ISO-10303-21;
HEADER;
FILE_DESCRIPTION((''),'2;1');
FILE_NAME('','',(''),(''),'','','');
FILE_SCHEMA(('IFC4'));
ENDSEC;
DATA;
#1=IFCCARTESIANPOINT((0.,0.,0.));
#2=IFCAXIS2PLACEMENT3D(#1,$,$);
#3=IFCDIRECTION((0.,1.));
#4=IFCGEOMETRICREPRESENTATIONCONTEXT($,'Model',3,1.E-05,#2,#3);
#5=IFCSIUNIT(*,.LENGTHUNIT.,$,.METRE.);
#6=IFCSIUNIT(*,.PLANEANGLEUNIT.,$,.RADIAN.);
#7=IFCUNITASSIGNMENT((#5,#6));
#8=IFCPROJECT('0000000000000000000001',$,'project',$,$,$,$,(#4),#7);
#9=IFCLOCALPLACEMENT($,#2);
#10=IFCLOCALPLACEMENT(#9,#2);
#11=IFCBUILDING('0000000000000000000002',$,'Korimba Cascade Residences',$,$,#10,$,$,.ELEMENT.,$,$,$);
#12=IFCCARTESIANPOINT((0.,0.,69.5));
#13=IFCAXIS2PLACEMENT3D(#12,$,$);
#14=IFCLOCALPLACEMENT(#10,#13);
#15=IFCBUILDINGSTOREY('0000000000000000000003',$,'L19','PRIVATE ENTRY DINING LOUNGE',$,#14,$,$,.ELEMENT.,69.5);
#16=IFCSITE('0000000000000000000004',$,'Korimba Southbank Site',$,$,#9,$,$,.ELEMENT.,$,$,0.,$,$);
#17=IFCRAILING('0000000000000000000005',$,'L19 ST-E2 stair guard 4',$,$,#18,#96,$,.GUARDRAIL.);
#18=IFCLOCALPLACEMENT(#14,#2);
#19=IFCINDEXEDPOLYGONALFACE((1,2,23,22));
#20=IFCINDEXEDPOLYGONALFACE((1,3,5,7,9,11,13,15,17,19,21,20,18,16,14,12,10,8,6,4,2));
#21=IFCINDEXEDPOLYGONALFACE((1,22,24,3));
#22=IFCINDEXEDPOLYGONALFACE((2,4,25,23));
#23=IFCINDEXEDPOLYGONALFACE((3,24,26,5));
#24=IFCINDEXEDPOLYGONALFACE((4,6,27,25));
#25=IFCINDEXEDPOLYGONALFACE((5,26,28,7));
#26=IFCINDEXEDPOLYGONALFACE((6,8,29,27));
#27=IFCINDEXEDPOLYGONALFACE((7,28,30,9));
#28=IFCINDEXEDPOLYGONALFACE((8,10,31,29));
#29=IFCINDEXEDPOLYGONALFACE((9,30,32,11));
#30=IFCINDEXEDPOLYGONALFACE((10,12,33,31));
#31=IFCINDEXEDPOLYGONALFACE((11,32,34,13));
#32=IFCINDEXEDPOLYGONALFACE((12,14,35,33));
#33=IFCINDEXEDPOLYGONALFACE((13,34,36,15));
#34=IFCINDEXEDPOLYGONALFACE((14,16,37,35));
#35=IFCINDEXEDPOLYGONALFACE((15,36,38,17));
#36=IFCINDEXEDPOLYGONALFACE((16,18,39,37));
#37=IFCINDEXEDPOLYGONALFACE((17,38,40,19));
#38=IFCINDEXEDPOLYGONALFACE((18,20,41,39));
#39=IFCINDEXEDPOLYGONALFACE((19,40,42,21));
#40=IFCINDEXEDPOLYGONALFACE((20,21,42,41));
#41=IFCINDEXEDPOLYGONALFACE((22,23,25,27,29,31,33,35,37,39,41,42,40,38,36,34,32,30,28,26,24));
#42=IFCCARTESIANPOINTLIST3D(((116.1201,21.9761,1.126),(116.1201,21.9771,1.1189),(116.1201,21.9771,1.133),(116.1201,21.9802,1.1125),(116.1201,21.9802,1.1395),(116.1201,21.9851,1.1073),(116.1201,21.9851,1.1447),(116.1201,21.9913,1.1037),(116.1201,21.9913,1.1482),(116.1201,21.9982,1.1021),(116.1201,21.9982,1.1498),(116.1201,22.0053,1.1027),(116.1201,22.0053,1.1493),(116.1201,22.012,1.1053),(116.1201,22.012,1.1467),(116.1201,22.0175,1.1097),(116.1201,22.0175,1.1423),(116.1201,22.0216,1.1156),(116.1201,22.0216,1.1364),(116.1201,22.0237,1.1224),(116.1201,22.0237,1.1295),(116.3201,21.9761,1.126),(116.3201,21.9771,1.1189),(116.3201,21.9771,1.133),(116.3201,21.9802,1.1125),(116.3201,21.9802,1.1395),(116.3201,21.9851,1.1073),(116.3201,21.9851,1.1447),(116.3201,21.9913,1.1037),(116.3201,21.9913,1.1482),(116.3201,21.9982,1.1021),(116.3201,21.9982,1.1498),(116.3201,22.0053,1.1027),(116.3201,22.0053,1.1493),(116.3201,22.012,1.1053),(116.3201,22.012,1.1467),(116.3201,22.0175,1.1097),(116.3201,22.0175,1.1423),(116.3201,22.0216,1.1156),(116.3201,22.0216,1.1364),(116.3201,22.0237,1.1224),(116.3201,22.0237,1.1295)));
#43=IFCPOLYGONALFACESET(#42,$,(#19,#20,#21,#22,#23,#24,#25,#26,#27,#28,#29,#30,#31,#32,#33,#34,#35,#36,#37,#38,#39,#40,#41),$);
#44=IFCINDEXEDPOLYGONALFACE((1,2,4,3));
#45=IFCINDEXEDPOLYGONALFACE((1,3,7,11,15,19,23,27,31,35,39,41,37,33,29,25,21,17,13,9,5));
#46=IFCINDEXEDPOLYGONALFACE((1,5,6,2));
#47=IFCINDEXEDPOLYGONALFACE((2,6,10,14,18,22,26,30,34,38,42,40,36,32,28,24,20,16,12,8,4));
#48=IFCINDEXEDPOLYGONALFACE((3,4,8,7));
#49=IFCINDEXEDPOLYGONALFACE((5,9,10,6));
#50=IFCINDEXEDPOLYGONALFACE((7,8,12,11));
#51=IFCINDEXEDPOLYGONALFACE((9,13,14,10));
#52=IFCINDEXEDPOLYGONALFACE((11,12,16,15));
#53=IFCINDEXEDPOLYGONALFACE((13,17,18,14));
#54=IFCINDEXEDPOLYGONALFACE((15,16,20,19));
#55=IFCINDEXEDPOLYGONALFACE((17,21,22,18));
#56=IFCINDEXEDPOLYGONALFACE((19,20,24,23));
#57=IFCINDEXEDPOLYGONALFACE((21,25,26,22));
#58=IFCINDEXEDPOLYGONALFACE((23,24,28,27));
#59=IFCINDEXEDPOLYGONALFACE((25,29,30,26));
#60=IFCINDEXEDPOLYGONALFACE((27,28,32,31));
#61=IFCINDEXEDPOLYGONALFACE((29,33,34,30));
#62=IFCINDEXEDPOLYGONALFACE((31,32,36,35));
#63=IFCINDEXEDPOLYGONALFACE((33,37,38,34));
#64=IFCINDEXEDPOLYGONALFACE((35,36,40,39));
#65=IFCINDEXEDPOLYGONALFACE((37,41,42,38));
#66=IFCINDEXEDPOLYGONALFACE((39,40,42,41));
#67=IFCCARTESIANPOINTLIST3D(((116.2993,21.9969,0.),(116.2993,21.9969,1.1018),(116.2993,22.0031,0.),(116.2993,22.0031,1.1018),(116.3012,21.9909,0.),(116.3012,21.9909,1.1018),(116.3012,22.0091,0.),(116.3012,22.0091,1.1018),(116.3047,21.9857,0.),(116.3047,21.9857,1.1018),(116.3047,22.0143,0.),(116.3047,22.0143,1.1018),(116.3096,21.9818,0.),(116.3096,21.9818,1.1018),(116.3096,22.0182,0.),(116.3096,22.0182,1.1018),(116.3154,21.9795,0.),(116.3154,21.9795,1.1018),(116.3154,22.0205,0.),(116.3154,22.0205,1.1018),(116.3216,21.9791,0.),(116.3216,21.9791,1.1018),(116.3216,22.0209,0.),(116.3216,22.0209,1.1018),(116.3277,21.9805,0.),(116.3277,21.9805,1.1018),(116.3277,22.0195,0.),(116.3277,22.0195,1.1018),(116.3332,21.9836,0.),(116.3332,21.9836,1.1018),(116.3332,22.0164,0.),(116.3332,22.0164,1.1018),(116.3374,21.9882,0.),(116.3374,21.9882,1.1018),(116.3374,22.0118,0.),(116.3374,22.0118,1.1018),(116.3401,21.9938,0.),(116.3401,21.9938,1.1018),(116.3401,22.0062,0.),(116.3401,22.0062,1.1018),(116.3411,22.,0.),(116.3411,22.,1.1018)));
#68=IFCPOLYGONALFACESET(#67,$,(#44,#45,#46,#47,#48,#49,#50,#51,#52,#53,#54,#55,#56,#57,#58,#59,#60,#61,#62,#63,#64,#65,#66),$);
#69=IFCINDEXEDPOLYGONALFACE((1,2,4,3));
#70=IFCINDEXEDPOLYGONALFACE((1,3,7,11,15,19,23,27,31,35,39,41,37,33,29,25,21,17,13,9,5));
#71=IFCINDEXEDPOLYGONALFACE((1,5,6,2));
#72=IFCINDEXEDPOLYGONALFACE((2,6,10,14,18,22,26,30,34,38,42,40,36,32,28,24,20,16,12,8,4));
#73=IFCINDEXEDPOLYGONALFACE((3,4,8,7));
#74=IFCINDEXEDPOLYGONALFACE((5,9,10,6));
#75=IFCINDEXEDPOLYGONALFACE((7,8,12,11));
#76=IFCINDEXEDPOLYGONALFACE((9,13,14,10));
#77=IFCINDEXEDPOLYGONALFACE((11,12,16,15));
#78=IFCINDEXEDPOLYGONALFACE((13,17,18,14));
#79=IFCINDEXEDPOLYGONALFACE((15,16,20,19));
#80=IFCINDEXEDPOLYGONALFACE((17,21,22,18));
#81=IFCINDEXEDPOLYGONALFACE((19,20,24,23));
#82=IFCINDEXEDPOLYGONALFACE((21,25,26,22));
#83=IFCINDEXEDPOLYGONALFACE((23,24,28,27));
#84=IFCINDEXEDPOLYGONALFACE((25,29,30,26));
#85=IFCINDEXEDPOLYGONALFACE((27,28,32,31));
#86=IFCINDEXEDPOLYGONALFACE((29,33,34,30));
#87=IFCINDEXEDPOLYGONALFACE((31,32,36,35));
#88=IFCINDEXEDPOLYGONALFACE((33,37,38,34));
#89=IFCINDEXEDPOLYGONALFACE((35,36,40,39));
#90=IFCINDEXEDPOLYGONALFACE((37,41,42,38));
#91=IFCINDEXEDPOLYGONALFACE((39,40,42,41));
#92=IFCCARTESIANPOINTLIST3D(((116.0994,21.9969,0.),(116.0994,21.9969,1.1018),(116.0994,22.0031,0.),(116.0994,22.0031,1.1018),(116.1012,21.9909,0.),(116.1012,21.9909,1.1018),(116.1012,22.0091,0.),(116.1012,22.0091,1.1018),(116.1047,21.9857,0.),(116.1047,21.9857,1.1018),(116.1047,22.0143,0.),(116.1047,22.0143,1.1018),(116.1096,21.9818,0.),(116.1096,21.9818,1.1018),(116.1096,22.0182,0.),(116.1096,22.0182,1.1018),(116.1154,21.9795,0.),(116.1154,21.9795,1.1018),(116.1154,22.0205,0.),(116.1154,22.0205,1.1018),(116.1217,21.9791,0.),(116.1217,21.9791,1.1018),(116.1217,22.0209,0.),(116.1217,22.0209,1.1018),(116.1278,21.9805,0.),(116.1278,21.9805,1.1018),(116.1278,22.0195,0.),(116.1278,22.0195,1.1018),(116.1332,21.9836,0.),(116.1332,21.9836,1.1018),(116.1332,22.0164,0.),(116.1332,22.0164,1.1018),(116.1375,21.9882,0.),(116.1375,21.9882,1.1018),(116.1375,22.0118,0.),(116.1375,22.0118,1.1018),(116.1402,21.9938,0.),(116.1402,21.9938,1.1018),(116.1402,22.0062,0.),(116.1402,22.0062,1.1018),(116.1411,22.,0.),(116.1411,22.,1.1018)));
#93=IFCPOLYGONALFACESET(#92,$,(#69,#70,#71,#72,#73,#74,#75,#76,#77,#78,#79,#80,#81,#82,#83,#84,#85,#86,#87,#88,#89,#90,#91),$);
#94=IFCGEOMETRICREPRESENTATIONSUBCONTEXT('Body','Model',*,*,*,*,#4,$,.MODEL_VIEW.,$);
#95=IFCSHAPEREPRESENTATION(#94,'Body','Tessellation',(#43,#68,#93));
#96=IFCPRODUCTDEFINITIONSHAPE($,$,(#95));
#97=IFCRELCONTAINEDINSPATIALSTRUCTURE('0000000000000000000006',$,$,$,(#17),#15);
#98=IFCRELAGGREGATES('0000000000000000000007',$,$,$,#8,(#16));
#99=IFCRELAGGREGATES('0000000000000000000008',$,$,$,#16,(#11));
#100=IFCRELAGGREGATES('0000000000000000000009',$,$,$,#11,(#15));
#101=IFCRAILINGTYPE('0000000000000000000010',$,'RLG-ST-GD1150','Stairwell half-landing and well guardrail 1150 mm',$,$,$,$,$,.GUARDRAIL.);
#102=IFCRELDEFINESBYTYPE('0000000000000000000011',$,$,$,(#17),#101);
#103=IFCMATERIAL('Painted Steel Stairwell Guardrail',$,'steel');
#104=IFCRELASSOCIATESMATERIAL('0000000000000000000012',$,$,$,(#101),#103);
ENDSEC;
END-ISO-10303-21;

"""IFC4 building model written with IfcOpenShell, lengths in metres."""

from ifc_helpers import new_model, si_unit, direction, frame, origin, origin_2d, place, context, subcontext, project, spatial, circle, extrude, material, type_object, element, save


model = new_model("IFC4")

# Units and contexts
model_context = context("Model", 3, precision=1e-05, world=origin(), true_north=direction((0.0, 1.0)))
body_context = subcontext(model_context, "Body", "Model", "MODEL_VIEW")
ifc_project = project(units=[si_unit("LENGTHUNIT", "METRE"), si_unit("PLANEANGLEUNIT", "RADIAN")], contexts=[model_context])

# Site, building, storey
site_placement = place(None, origin())
site = spatial("IfcSite", under=ifc_project, at=site_placement, Name="Korimba Southbank Site", CompositionType="ELEMENT", RefElevation=0.0)
building_placement = place(site_placement, origin())
building = spatial("IfcBuilding", under=site, at=building_placement, Name="Korimba Cascade Residences", CompositionType="ELEMENT")
storey_placement = place(building_placement, frame((0.0, 0.0, 69.5)))
storey = spatial("IfcBuildingStorey", under=building, at=storey_placement, Name="L19", Description="PRIVATE ENTRY DINING LOUNGE", CompositionType="ELEMENT", Elevation=69.5)

# Railing
ifc_material_1 = material(Name="Painted Steel Stairwell Guardrail", Category="steel")
railing_type_1 = type_object("IfcRailingType", Name="RLG-ST-GD1150", Description="Stairwell half-landing and well guardrail 1150 mm", PredefinedType="GUARDRAIL", material=ifc_material_1)
railing_1_placement = place(storey_placement, frame((116.3201, 22.0, 0.0)))
element("IfcRailing", 1, at=railing_1_placement, inside=storey, type_object=railing_type_1, Name="L19 ST-E2 stair guard 4", PredefinedType="GUARDRAIL", context=body_context, shape_type="SweptSolid", body=[
    extrude(circle(Radius=0.0239, at=origin_2d()), frame((0.0, 0.0, 1.126), z_axis=(-1.0, 0.0, 0.0), x_axis=(0.0, -1.0, 0.0)), (0.0, 0.0, 1.0), 0.2),
    extrude(circle(Radius=0.021, at=origin_2d()), origin(), (0.0, 0.0, 1.0), 1.1018),
    extrude(circle(Radius=0.021, at=origin_2d()), frame((-0.2, 0.0, 0.0)), (0.0, 0.0, 1.0), 1.1018),
])

save(model, "model.ifc")
